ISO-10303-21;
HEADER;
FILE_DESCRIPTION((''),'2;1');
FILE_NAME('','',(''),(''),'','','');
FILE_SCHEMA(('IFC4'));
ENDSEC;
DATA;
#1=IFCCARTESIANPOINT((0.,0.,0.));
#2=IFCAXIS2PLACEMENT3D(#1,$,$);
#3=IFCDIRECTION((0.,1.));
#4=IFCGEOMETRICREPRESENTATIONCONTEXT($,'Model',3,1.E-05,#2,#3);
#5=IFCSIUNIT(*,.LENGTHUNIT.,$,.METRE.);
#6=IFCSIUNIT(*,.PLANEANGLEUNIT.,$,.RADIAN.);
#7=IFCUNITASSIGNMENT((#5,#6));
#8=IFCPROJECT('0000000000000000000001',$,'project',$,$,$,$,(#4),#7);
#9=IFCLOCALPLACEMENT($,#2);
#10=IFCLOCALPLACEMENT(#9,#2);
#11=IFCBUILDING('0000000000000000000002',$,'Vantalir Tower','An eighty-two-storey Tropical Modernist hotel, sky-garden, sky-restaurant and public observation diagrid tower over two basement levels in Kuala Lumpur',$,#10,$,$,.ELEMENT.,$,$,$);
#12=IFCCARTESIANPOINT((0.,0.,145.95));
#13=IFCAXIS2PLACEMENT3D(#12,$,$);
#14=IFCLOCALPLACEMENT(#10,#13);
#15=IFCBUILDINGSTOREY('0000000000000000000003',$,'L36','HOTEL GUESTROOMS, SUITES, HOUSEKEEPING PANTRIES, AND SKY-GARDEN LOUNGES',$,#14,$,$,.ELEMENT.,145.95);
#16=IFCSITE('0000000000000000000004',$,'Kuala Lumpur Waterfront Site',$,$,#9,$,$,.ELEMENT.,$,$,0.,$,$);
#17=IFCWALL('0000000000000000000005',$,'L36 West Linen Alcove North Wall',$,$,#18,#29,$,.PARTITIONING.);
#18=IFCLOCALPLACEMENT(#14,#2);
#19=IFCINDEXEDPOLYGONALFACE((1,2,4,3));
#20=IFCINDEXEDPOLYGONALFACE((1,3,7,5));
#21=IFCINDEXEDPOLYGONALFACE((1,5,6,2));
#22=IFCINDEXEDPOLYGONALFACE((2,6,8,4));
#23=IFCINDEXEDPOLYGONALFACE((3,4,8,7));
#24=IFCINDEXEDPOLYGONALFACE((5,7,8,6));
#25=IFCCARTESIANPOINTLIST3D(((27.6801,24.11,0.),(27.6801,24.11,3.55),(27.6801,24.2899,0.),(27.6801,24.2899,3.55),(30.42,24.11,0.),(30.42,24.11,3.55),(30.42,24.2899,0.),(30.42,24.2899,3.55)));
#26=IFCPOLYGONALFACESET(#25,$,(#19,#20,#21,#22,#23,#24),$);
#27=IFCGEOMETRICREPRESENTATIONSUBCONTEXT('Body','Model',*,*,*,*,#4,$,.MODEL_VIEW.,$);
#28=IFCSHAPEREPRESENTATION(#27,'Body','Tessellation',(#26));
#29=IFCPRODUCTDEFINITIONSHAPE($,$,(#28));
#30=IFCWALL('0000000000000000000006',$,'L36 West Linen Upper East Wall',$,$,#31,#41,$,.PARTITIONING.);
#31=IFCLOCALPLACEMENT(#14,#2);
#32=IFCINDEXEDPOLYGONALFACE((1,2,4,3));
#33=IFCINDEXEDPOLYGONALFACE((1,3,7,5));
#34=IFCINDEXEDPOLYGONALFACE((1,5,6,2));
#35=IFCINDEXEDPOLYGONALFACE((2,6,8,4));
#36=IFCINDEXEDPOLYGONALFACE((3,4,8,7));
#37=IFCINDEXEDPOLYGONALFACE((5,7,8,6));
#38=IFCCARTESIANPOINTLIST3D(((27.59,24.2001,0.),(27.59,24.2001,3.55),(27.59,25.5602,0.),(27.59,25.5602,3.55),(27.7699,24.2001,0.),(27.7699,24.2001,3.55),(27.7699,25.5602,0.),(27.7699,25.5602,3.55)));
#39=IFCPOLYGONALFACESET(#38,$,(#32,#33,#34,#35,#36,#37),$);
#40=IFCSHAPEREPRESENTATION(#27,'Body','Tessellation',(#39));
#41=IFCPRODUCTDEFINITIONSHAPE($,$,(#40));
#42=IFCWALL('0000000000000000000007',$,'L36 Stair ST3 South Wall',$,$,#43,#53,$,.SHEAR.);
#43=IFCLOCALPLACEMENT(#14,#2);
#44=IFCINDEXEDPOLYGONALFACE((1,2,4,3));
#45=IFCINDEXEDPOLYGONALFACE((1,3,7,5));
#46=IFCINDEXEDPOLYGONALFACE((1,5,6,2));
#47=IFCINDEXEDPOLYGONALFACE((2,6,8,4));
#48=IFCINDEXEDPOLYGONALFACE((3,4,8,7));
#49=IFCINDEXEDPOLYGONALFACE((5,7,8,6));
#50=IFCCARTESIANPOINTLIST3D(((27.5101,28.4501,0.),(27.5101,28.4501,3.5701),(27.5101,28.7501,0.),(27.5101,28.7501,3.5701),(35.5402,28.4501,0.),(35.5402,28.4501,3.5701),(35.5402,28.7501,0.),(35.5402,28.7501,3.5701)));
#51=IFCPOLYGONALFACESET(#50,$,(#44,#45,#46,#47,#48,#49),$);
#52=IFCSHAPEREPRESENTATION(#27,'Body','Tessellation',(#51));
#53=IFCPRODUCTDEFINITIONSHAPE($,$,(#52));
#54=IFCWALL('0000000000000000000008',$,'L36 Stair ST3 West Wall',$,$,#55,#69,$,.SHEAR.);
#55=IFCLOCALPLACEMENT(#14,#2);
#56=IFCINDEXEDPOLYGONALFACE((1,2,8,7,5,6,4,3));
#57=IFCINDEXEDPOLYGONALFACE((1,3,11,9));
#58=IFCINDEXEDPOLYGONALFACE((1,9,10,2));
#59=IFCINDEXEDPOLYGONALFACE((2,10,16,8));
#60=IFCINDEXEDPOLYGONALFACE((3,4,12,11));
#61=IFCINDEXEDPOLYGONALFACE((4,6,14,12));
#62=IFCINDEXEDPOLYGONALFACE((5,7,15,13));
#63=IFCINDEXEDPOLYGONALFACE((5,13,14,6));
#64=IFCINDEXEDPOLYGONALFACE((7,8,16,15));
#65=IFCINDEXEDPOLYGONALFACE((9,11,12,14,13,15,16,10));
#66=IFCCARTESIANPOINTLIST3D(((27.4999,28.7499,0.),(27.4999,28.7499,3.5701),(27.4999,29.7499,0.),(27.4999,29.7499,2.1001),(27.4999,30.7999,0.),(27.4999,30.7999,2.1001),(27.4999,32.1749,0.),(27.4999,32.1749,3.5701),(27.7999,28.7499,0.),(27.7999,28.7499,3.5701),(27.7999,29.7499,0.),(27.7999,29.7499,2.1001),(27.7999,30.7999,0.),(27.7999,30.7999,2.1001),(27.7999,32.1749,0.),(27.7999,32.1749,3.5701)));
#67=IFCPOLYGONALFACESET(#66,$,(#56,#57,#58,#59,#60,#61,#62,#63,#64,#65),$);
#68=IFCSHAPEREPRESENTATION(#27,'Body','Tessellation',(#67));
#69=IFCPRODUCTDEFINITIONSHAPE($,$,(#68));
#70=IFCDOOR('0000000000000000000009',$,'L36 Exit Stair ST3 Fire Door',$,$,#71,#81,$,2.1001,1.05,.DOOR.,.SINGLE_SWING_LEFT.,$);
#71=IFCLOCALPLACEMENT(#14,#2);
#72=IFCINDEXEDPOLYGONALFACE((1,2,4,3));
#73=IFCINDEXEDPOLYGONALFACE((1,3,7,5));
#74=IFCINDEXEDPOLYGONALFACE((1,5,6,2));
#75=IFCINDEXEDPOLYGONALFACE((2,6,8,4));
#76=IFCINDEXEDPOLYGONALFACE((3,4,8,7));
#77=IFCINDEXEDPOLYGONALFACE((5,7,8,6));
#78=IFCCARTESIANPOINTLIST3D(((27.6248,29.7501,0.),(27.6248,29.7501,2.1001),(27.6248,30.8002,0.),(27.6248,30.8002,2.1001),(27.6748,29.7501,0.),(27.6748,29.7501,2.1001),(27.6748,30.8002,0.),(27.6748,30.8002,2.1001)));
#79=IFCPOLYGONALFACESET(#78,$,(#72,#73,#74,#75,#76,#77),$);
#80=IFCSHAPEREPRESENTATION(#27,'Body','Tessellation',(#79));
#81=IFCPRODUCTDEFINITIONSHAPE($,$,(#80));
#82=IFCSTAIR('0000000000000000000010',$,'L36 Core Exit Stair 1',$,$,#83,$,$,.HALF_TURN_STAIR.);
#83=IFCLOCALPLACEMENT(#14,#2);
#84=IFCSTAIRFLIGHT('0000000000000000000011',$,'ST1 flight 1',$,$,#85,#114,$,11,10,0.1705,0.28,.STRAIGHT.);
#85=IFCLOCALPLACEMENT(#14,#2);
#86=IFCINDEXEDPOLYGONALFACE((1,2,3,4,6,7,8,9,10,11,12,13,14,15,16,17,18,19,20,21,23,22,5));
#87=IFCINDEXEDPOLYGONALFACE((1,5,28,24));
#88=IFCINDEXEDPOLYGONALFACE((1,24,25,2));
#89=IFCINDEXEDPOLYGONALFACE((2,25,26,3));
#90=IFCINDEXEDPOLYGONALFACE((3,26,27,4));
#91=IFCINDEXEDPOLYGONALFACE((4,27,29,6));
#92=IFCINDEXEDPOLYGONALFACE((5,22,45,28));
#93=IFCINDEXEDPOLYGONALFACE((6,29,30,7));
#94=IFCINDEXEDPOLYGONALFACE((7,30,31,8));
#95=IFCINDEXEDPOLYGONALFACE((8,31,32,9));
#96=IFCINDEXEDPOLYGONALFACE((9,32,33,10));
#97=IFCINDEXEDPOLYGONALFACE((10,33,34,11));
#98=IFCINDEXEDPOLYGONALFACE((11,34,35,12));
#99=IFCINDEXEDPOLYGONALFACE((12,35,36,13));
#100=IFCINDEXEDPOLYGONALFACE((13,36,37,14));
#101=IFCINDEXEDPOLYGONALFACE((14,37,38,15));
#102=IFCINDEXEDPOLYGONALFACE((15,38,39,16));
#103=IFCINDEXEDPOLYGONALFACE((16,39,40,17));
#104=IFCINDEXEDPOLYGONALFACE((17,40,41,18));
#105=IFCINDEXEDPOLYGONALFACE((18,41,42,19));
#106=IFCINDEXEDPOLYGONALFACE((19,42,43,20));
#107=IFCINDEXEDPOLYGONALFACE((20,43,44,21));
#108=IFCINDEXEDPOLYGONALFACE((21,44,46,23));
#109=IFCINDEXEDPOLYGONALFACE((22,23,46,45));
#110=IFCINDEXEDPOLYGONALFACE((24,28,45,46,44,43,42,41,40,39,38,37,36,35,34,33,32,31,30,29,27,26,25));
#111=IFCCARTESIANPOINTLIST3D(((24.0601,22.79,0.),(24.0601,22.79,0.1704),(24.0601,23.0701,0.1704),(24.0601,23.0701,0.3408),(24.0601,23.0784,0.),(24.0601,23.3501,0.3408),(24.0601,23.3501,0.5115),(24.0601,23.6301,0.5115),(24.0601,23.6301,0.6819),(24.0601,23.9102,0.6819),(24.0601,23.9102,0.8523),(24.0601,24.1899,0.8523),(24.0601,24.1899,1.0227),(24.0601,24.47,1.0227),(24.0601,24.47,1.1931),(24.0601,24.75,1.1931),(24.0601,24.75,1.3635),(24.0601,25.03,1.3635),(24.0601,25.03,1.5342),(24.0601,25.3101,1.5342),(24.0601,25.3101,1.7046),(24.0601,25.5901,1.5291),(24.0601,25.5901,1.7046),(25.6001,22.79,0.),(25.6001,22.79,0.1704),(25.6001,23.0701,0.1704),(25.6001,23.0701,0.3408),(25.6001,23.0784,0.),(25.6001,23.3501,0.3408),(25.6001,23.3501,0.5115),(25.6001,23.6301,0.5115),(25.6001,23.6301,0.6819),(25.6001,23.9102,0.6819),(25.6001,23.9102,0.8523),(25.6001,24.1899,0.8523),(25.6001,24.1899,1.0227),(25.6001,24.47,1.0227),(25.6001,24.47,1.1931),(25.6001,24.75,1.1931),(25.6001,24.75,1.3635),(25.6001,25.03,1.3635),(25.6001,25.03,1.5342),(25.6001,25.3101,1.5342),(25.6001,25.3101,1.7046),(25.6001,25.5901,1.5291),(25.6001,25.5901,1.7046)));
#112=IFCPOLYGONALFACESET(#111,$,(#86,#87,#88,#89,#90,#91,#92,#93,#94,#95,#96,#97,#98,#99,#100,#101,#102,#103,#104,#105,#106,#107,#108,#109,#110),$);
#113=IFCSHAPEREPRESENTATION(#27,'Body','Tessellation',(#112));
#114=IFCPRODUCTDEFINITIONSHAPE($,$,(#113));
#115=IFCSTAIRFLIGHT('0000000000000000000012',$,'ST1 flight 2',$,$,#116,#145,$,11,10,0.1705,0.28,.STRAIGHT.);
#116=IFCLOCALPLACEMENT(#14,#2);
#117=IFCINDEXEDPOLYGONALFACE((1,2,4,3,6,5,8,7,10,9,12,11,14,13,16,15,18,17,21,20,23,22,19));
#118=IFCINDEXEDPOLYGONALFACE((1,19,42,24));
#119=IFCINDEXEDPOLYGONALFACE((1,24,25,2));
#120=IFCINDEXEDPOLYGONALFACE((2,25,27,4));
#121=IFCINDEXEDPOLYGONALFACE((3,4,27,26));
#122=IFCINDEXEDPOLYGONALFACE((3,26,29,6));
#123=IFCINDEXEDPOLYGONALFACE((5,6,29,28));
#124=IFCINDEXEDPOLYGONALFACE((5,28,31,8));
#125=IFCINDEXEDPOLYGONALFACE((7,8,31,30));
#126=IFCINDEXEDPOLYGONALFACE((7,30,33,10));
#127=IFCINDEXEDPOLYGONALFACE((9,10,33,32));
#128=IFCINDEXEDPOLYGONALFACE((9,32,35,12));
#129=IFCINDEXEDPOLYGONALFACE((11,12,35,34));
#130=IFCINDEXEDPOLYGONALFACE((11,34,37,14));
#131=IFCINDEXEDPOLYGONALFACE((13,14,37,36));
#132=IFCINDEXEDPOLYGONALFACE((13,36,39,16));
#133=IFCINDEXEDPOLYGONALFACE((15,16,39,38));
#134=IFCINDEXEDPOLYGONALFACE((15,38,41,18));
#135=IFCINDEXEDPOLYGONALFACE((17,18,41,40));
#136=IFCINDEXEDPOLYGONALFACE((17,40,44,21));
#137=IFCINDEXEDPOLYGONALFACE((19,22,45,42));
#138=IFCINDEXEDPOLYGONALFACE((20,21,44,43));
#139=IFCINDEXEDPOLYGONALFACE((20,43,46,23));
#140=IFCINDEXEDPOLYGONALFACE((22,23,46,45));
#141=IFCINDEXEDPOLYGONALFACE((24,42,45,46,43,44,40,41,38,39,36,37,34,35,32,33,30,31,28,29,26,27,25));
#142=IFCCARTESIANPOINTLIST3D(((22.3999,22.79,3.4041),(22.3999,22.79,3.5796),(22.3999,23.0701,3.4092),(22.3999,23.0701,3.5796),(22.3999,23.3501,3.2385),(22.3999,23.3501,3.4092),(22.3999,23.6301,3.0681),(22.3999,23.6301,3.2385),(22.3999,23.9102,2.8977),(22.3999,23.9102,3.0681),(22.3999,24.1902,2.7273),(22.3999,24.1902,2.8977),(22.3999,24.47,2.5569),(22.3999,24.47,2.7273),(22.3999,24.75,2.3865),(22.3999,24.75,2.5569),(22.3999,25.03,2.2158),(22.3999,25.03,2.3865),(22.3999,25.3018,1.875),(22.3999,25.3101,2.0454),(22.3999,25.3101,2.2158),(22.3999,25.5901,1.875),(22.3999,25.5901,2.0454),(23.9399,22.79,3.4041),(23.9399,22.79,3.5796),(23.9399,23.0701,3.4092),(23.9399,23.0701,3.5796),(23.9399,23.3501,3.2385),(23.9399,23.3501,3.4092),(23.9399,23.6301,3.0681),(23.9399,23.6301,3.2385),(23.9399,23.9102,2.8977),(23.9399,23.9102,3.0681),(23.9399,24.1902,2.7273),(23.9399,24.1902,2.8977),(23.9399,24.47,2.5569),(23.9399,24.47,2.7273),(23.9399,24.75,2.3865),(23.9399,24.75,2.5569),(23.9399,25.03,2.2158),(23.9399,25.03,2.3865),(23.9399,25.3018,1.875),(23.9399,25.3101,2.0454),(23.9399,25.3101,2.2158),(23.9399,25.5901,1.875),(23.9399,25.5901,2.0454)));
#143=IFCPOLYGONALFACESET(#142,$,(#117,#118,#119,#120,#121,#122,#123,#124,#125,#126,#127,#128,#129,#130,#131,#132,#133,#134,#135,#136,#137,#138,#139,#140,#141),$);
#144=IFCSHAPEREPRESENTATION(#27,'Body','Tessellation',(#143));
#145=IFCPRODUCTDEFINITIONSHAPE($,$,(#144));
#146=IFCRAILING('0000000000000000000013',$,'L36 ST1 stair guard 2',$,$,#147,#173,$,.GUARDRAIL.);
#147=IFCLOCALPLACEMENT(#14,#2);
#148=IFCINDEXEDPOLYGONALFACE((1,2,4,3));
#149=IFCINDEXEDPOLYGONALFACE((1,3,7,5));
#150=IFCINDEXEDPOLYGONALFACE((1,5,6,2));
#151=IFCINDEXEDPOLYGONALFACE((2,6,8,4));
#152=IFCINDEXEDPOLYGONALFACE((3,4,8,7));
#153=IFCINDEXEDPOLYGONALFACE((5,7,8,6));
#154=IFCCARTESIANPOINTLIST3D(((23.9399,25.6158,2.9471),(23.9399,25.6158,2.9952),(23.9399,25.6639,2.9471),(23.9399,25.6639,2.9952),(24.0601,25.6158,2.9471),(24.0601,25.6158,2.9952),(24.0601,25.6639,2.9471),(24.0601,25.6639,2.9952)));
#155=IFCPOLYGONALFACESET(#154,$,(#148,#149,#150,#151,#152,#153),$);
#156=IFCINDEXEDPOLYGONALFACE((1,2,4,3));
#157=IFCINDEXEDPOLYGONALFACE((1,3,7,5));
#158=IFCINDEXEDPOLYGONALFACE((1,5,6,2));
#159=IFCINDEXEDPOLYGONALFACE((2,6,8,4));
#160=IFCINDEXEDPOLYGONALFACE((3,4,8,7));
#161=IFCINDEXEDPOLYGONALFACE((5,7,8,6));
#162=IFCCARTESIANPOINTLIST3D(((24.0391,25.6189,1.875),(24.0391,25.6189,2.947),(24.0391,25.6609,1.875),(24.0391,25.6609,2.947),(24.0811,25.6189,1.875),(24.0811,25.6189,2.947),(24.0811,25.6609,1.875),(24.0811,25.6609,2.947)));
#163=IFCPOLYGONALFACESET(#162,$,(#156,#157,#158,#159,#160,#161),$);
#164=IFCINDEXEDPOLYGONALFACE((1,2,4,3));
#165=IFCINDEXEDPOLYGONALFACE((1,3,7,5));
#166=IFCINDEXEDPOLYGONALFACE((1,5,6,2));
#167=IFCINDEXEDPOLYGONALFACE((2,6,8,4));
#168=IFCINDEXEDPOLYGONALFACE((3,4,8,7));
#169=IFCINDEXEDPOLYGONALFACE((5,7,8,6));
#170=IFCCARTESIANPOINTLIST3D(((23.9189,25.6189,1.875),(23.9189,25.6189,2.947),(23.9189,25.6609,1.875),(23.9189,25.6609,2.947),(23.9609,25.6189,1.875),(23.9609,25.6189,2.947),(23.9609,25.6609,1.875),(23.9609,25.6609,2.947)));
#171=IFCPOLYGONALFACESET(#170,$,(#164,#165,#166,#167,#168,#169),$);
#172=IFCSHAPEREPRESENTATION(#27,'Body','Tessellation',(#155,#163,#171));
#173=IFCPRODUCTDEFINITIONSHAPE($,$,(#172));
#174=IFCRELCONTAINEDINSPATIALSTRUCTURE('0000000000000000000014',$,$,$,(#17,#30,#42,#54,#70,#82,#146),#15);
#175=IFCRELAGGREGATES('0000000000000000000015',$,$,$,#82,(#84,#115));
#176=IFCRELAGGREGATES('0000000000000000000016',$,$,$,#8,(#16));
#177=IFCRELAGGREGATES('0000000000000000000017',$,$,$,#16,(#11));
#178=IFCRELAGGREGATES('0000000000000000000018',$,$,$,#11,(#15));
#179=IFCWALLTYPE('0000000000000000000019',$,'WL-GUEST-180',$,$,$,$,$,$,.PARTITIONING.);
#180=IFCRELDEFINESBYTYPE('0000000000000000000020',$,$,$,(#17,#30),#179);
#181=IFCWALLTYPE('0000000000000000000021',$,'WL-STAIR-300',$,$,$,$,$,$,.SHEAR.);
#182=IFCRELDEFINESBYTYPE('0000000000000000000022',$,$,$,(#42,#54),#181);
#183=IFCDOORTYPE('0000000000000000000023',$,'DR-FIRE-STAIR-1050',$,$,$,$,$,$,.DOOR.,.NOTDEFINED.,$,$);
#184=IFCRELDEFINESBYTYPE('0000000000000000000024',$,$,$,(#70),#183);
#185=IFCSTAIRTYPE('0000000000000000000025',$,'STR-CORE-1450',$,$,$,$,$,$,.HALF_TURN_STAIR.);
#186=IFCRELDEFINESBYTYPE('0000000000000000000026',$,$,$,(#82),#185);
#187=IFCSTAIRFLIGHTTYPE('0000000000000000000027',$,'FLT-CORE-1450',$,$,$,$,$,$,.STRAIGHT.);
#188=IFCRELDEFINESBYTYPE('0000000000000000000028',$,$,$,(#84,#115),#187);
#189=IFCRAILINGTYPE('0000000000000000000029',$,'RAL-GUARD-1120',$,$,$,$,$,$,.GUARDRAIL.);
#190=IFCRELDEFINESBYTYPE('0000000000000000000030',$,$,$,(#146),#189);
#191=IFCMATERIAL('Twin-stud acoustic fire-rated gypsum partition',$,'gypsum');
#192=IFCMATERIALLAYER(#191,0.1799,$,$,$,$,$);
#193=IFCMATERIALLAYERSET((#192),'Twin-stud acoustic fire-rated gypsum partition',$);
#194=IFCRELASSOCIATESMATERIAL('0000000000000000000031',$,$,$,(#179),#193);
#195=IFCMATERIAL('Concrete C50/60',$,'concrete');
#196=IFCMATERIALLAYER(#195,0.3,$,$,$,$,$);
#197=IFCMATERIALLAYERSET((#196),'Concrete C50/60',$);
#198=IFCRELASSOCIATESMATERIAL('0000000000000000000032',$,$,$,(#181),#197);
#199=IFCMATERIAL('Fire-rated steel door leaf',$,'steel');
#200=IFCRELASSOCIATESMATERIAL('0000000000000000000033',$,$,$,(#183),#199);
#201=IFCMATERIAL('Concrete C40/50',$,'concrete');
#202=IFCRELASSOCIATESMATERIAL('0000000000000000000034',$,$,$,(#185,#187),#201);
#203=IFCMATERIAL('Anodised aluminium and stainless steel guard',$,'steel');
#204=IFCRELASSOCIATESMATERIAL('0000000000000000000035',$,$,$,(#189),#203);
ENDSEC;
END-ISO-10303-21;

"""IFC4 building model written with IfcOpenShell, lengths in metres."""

from ifc_helpers import new_model, si_unit, direction, frame, frame_2d, origin, origin_2d, place, context, subcontext, project, spatial, polyline, rectangle, outline, extrude, material, layer, layer_set, type_object, element, fill, aggregate, save


model = new_model("IFC4")

# Units and contexts
model_context = context("Model", 3, precision=1e-05, world=origin(), true_north=direction((0.0, 1.0)))
body_context = subcontext(model_context, "Body", "Model", "MODEL_VIEW")
ifc_project = project(units=[si_unit("LENGTHUNIT", "METRE"), si_unit("PLANEANGLEUNIT", "RADIAN")], contexts=[model_context])

# Site, building, storey
site_placement = place(None, origin())
site = spatial("IfcSite", under=ifc_project, at=site_placement, Name="Kuala Lumpur Waterfront Site", CompositionType="ELEMENT", RefElevation=0.0)
building_placement = place(site_placement, origin())
building = spatial("IfcBuilding", under=site, at=building_placement, Name="Vantalir Tower", Description="An eighty-two-storey Tropical Modernist hotel, sky-garden, sky-restaurant and public observation diagrid tower over two basement levels in Kuala Lumpur", CompositionType="ELEMENT")
storey_placement = place(building_placement, frame((0.0, 0.0, 145.95)))
storey = spatial("IfcBuildingStorey", under=building, at=storey_placement, Name="L36", Description="HOTEL GUESTROOMS, SUITES, HOUSEKEEPING PANTRIES, AND SKY-GARDEN LOUNGES", CompositionType="ELEMENT", Elevation=145.95)

# Walls
ifc_material_1 = material(Name="Twin-stud acoustic fire-rated gypsum partition", Category="gypsum")
ifc_layer_1 = layer(ifc_material_1, 0.1799)
ifc_layer_set_1 = layer_set([ifc_layer_1], Name="Twin-stud acoustic fire-rated gypsum partition")
wall_type_1 = type_object("IfcWallType", Name="WL-GUEST-180", PredefinedType="PARTITIONING", material=ifc_layer_set_1)
wall_1_placement = place(storey_placement, frame((27.6799, 24.2, 0.0), z_axis=(0.0, 0.0, 1.0), x_axis=(1.0, 0.0, 0.0)))
element("IfcWall", 1, at=wall_1_placement, inside=storey, type_object=wall_type_1, Name="L36 West Linen Alcove North Wall", PredefinedType="PARTITIONING", context=body_context, shape_type="SweptSolid", body=[
    extrude(rectangle(XDim=2.74, YDim=0.1799, at=frame_2d((1.3701, 0.0))), origin(), (0.0, 0.0, 1.0), 3.55),
])
wall_2_placement = place(storey_placement, frame((27.6799, 24.2, 0.0), z_axis=(0.0, 0.0, 1.0), x_axis=(0.0, 1.0, 0.0)))
element("IfcWall", 2, at=wall_2_placement, inside=storey, type_object=wall_type_1, Name="L36 West Linen Upper East Wall", PredefinedType="PARTITIONING", context=body_context, shape_type="SweptSolid", body=[
    extrude(rectangle(XDim=1.3601, YDim=0.1799, at=frame_2d((0.6802, 0.0))), origin(), (0.0, 0.0, 1.0), 3.55),
])
ifc_material_2 = material(Name="Concrete C50/60", Category="concrete")
ifc_layer_2 = layer(ifc_material_2, 0.3)
ifc_layer_set_2 = layer_set([ifc_layer_2], Name="Concrete C50/60")
wall_type_2 = type_object("IfcWallType", Name="WL-STAIR-300", PredefinedType="SHEAR", material=ifc_layer_set_2)
wall_3_placement = place(storey_placement, frame((27.51, 28.6001, 0.0), z_axis=(0.0, 0.0, 1.0), x_axis=(1.0, 0.0, 0.0)))
element("IfcWall", 3, at=wall_3_placement, inside=storey, type_object=wall_type_2, Name="L36 Stair ST3 South Wall", PredefinedType="SHEAR", context=body_context, shape_type="SweptSolid", body=[
    extrude(rectangle(XDim=8.03, YDim=0.3, at=frame_2d((4.0151, 0.0))), origin(), (0.0, 0.0, 1.0), 3.5701),
])

# Wall, opening, door
wall_4_placement = place(storey_placement, frame((27.6499, 28.75, 0.0), z_axis=(0.0, 0.0, 1.0), x_axis=(0.0, 1.0, 0.0)))
wall_4 = element("IfcWall", 4, at=wall_4_placement, inside=storey, type_object=wall_type_2, Name="L36 Stair ST3 West Wall", PredefinedType="SHEAR", context=body_context, shape_type="SweptSolid", body=[
    extrude(rectangle(XDim=3.425, YDim=0.3, at=frame_2d((1.7124, 0.0))), origin(), (0.0, 0.0, 1.0), 3.5701),
])
opening_1_placement = place(wall_4_placement, frame((1.0, 0.0, 0.0)))
opening_1 = element("IfcOpeningElement", 5, at=opening_1_placement, cuts=wall_4, PredefinedType="OPENING", context=body_context, shape_type="SweptSolid", body=[
    extrude(rectangle(XDim=1.05, YDim=2.1001, at=frame_2d((0.5249, 1.05))), frame((0.0, 0.1599, 0.0), z_axis=(0.0, -1.0, 0.0), x_axis=(1.0, 0.0, 0.0)), (0.0, 0.0, 1.0), 0.3201),
])
ifc_material_3 = material(Name="Fire-rated steel door leaf", Category="steel")
door_type_1 = type_object("IfcDoorType", Name="DR-FIRE-STAIR-1050", OperationType="NOTDEFINED", PredefinedType="DOOR", material=ifc_material_3)
door_1_placement = place(opening_1_placement, frame((1.05, 0.0, 0.0), z_axis=(0.0, 0.0, 1.0), x_axis=(-1.0, 0.0, 0.0)))
door_1 = element("IfcDoor", 6, at=door_1_placement, inside=storey, type_object=door_type_1, Name="L36 Exit Stair ST3 Fire Door", OperationType="SINGLE_SWING_LEFT", OverallHeight=2.1001, OverallWidth=1.05, PredefinedType="DOOR", context=body_context, shape_type="SweptSolid", body=[
    extrude(rectangle(XDim=1.05, YDim=2.1001, at=frame_2d((0.5249, 1.05))), frame((0.0, 0.0249, 0.0), z_axis=(0.0, -1.0, 0.0), x_axis=(1.0, 0.0, 0.0)), (0.0, 0.0, 1.0), 0.05),
])
fill(opening_1, door_1)

# Stair, stair flights
ifc_material_4 = material(Name="Concrete C40/50", Category="concrete")
stair_type = type_object("IfcStairType", Name="STR-CORE-1450", PredefinedType="HALF_TURN_STAIR", material=ifc_material_4)
stair_placement = place(storey_placement, origin())
stair = element("IfcStair", 7, at=stair_placement, inside=storey, type_object=stair_type, Name="L36 Core Exit Stair 1", PredefinedType="HALF_TURN_STAIR")
stair_flight_type = type_object("IfcStairFlightType", Name="FLT-CORE-1450", PredefinedType="STRAIGHT", material=ifc_material_4)
stair_flight_1_placement = place(storey_placement, frame((24.8301, 22.79, 0.0), z_axis=(0.0, 0.0, 1.0), x_axis=(0.0, 1.0, 0.0)))
stair_flight_1 = element("IfcStairFlight", 8, at=stair_flight_1_placement, type_object=stair_flight_type, Name="ST1 flight 1", NumberOfRisers=11, NumberOfTreads=10, PredefinedType="STRAIGHT", RiserHeight=0.1705, TreadLength=0.28, context=body_context, shape_type="SweptSolid", body=[
    extrude(outline(polyline([(0.0, 0.0), (0.0, 0.1704), (0.28, 0.1704), (0.28, 0.3408), (0.5601, 0.3408), (0.5601, 0.5115), (0.8401, 0.5115), (0.8401, 0.6819), (1.1201, 0.6819), (1.1201, 0.8523), (1.3999, 0.8523), (1.3999, 1.0227), (1.6799, 1.0227), (1.6799, 1.1931), (1.96, 1.1931), (1.96, 1.3635), (2.24, 1.3635), (2.24, 1.5342), (2.52, 1.5342), (2.52, 1.7046), (2.8, 1.7046), (2.8, 1.875), (2.8, 1.5291), (0.2883, 0.0), (0.0, 0.0)])), frame((0.0, 0.77, 0.0), z_axis=(0.0, -1.0, 0.0), x_axis=(1.0, 0.0, 0.0)), (0.0, 0.0, 1.0), 1.54),
])
stair_flight_2_placement = place(storey_placement, frame((23.1699, 25.5901, 1.875), z_axis=(0.0, 0.0, 1.0), x_axis=(0.0, -1.0, 0.0)))
stair_flight_2 = element("IfcStairFlight", 9, at=stair_flight_2_placement, type_object=stair_flight_type, Name="ST1 flight 2", NumberOfRisers=11, NumberOfTreads=10, PredefinedType="STRAIGHT", RiserHeight=0.1705, TreadLength=0.28, context=body_context, shape_type="SweptSolid", body=[
    extrude(outline(polyline([(0.0, 0.0), (0.0, 0.1704), (0.28, 0.1704), (0.28, 0.3408), (0.5601, 0.3408), (0.5601, 0.5115), (0.8401, 0.5115), (0.8401, 0.6819), (1.1201, 0.6819), (1.1201, 0.8523), (1.3999, 0.8523), (1.3999, 1.0227), (1.6799, 1.0227), (1.6799, 1.1931), (1.96, 1.1931), (1.96, 1.3635), (2.24, 1.3635), (2.24, 1.5342), (2.52, 1.5342), (2.52, 1.7046), (2.8, 1.7046), (2.8, 1.875), (2.8, 1.5291), (0.2883, 0.0), (0.0, 0.0)])), frame((0.0, 0.77, 0.0), z_axis=(0.0, -1.0, 0.0), x_axis=(1.0, 0.0, 0.0)), (0.0, 0.0, 1.0), 1.54),
])
aggregate(stair, [stair_flight_1, stair_flight_2])

# Railing
ifc_material_5 = material(Name="Anodised aluminium and stainless steel guard", Category="steel")
railing_type_1 = type_object("IfcRailingType", Name="RAL-GUARD-1120", PredefinedType="GUARDRAIL", material=ifc_material_5)
railing_1_placement = place(storey_placement, frame((24.0601, 25.6399, 1.875)))
element("IfcRailing", 10, at=railing_1_placement, inside=storey, type_object=railing_type_1, Name="L36 ST1 stair guard 2", PredefinedType="GUARDRAIL", context=body_context, shape_type="SweptSolid", body=[
    extrude(rectangle(XDim=0.0481, YDim=0.0481, at=origin_2d()), frame((0.0, 0.0, 1.0962), z_axis=(-1.0, 0.0, 0.0), x_axis=(0.0, -1.0, 0.0)), (0.0, 0.0, 1.0), 0.1201),
    extrude(rectangle(XDim=0.042, YDim=0.042, at=origin_2d()), origin(), (0.0, 0.0, 1.0), 1.072),
    extrude(rectangle(XDim=0.042, YDim=0.042, at=origin_2d()), frame((-0.1201, 0.0, 0.0)), (0.0, 0.0, 1.0), 1.072),
])

save(model, "model.ifc")
